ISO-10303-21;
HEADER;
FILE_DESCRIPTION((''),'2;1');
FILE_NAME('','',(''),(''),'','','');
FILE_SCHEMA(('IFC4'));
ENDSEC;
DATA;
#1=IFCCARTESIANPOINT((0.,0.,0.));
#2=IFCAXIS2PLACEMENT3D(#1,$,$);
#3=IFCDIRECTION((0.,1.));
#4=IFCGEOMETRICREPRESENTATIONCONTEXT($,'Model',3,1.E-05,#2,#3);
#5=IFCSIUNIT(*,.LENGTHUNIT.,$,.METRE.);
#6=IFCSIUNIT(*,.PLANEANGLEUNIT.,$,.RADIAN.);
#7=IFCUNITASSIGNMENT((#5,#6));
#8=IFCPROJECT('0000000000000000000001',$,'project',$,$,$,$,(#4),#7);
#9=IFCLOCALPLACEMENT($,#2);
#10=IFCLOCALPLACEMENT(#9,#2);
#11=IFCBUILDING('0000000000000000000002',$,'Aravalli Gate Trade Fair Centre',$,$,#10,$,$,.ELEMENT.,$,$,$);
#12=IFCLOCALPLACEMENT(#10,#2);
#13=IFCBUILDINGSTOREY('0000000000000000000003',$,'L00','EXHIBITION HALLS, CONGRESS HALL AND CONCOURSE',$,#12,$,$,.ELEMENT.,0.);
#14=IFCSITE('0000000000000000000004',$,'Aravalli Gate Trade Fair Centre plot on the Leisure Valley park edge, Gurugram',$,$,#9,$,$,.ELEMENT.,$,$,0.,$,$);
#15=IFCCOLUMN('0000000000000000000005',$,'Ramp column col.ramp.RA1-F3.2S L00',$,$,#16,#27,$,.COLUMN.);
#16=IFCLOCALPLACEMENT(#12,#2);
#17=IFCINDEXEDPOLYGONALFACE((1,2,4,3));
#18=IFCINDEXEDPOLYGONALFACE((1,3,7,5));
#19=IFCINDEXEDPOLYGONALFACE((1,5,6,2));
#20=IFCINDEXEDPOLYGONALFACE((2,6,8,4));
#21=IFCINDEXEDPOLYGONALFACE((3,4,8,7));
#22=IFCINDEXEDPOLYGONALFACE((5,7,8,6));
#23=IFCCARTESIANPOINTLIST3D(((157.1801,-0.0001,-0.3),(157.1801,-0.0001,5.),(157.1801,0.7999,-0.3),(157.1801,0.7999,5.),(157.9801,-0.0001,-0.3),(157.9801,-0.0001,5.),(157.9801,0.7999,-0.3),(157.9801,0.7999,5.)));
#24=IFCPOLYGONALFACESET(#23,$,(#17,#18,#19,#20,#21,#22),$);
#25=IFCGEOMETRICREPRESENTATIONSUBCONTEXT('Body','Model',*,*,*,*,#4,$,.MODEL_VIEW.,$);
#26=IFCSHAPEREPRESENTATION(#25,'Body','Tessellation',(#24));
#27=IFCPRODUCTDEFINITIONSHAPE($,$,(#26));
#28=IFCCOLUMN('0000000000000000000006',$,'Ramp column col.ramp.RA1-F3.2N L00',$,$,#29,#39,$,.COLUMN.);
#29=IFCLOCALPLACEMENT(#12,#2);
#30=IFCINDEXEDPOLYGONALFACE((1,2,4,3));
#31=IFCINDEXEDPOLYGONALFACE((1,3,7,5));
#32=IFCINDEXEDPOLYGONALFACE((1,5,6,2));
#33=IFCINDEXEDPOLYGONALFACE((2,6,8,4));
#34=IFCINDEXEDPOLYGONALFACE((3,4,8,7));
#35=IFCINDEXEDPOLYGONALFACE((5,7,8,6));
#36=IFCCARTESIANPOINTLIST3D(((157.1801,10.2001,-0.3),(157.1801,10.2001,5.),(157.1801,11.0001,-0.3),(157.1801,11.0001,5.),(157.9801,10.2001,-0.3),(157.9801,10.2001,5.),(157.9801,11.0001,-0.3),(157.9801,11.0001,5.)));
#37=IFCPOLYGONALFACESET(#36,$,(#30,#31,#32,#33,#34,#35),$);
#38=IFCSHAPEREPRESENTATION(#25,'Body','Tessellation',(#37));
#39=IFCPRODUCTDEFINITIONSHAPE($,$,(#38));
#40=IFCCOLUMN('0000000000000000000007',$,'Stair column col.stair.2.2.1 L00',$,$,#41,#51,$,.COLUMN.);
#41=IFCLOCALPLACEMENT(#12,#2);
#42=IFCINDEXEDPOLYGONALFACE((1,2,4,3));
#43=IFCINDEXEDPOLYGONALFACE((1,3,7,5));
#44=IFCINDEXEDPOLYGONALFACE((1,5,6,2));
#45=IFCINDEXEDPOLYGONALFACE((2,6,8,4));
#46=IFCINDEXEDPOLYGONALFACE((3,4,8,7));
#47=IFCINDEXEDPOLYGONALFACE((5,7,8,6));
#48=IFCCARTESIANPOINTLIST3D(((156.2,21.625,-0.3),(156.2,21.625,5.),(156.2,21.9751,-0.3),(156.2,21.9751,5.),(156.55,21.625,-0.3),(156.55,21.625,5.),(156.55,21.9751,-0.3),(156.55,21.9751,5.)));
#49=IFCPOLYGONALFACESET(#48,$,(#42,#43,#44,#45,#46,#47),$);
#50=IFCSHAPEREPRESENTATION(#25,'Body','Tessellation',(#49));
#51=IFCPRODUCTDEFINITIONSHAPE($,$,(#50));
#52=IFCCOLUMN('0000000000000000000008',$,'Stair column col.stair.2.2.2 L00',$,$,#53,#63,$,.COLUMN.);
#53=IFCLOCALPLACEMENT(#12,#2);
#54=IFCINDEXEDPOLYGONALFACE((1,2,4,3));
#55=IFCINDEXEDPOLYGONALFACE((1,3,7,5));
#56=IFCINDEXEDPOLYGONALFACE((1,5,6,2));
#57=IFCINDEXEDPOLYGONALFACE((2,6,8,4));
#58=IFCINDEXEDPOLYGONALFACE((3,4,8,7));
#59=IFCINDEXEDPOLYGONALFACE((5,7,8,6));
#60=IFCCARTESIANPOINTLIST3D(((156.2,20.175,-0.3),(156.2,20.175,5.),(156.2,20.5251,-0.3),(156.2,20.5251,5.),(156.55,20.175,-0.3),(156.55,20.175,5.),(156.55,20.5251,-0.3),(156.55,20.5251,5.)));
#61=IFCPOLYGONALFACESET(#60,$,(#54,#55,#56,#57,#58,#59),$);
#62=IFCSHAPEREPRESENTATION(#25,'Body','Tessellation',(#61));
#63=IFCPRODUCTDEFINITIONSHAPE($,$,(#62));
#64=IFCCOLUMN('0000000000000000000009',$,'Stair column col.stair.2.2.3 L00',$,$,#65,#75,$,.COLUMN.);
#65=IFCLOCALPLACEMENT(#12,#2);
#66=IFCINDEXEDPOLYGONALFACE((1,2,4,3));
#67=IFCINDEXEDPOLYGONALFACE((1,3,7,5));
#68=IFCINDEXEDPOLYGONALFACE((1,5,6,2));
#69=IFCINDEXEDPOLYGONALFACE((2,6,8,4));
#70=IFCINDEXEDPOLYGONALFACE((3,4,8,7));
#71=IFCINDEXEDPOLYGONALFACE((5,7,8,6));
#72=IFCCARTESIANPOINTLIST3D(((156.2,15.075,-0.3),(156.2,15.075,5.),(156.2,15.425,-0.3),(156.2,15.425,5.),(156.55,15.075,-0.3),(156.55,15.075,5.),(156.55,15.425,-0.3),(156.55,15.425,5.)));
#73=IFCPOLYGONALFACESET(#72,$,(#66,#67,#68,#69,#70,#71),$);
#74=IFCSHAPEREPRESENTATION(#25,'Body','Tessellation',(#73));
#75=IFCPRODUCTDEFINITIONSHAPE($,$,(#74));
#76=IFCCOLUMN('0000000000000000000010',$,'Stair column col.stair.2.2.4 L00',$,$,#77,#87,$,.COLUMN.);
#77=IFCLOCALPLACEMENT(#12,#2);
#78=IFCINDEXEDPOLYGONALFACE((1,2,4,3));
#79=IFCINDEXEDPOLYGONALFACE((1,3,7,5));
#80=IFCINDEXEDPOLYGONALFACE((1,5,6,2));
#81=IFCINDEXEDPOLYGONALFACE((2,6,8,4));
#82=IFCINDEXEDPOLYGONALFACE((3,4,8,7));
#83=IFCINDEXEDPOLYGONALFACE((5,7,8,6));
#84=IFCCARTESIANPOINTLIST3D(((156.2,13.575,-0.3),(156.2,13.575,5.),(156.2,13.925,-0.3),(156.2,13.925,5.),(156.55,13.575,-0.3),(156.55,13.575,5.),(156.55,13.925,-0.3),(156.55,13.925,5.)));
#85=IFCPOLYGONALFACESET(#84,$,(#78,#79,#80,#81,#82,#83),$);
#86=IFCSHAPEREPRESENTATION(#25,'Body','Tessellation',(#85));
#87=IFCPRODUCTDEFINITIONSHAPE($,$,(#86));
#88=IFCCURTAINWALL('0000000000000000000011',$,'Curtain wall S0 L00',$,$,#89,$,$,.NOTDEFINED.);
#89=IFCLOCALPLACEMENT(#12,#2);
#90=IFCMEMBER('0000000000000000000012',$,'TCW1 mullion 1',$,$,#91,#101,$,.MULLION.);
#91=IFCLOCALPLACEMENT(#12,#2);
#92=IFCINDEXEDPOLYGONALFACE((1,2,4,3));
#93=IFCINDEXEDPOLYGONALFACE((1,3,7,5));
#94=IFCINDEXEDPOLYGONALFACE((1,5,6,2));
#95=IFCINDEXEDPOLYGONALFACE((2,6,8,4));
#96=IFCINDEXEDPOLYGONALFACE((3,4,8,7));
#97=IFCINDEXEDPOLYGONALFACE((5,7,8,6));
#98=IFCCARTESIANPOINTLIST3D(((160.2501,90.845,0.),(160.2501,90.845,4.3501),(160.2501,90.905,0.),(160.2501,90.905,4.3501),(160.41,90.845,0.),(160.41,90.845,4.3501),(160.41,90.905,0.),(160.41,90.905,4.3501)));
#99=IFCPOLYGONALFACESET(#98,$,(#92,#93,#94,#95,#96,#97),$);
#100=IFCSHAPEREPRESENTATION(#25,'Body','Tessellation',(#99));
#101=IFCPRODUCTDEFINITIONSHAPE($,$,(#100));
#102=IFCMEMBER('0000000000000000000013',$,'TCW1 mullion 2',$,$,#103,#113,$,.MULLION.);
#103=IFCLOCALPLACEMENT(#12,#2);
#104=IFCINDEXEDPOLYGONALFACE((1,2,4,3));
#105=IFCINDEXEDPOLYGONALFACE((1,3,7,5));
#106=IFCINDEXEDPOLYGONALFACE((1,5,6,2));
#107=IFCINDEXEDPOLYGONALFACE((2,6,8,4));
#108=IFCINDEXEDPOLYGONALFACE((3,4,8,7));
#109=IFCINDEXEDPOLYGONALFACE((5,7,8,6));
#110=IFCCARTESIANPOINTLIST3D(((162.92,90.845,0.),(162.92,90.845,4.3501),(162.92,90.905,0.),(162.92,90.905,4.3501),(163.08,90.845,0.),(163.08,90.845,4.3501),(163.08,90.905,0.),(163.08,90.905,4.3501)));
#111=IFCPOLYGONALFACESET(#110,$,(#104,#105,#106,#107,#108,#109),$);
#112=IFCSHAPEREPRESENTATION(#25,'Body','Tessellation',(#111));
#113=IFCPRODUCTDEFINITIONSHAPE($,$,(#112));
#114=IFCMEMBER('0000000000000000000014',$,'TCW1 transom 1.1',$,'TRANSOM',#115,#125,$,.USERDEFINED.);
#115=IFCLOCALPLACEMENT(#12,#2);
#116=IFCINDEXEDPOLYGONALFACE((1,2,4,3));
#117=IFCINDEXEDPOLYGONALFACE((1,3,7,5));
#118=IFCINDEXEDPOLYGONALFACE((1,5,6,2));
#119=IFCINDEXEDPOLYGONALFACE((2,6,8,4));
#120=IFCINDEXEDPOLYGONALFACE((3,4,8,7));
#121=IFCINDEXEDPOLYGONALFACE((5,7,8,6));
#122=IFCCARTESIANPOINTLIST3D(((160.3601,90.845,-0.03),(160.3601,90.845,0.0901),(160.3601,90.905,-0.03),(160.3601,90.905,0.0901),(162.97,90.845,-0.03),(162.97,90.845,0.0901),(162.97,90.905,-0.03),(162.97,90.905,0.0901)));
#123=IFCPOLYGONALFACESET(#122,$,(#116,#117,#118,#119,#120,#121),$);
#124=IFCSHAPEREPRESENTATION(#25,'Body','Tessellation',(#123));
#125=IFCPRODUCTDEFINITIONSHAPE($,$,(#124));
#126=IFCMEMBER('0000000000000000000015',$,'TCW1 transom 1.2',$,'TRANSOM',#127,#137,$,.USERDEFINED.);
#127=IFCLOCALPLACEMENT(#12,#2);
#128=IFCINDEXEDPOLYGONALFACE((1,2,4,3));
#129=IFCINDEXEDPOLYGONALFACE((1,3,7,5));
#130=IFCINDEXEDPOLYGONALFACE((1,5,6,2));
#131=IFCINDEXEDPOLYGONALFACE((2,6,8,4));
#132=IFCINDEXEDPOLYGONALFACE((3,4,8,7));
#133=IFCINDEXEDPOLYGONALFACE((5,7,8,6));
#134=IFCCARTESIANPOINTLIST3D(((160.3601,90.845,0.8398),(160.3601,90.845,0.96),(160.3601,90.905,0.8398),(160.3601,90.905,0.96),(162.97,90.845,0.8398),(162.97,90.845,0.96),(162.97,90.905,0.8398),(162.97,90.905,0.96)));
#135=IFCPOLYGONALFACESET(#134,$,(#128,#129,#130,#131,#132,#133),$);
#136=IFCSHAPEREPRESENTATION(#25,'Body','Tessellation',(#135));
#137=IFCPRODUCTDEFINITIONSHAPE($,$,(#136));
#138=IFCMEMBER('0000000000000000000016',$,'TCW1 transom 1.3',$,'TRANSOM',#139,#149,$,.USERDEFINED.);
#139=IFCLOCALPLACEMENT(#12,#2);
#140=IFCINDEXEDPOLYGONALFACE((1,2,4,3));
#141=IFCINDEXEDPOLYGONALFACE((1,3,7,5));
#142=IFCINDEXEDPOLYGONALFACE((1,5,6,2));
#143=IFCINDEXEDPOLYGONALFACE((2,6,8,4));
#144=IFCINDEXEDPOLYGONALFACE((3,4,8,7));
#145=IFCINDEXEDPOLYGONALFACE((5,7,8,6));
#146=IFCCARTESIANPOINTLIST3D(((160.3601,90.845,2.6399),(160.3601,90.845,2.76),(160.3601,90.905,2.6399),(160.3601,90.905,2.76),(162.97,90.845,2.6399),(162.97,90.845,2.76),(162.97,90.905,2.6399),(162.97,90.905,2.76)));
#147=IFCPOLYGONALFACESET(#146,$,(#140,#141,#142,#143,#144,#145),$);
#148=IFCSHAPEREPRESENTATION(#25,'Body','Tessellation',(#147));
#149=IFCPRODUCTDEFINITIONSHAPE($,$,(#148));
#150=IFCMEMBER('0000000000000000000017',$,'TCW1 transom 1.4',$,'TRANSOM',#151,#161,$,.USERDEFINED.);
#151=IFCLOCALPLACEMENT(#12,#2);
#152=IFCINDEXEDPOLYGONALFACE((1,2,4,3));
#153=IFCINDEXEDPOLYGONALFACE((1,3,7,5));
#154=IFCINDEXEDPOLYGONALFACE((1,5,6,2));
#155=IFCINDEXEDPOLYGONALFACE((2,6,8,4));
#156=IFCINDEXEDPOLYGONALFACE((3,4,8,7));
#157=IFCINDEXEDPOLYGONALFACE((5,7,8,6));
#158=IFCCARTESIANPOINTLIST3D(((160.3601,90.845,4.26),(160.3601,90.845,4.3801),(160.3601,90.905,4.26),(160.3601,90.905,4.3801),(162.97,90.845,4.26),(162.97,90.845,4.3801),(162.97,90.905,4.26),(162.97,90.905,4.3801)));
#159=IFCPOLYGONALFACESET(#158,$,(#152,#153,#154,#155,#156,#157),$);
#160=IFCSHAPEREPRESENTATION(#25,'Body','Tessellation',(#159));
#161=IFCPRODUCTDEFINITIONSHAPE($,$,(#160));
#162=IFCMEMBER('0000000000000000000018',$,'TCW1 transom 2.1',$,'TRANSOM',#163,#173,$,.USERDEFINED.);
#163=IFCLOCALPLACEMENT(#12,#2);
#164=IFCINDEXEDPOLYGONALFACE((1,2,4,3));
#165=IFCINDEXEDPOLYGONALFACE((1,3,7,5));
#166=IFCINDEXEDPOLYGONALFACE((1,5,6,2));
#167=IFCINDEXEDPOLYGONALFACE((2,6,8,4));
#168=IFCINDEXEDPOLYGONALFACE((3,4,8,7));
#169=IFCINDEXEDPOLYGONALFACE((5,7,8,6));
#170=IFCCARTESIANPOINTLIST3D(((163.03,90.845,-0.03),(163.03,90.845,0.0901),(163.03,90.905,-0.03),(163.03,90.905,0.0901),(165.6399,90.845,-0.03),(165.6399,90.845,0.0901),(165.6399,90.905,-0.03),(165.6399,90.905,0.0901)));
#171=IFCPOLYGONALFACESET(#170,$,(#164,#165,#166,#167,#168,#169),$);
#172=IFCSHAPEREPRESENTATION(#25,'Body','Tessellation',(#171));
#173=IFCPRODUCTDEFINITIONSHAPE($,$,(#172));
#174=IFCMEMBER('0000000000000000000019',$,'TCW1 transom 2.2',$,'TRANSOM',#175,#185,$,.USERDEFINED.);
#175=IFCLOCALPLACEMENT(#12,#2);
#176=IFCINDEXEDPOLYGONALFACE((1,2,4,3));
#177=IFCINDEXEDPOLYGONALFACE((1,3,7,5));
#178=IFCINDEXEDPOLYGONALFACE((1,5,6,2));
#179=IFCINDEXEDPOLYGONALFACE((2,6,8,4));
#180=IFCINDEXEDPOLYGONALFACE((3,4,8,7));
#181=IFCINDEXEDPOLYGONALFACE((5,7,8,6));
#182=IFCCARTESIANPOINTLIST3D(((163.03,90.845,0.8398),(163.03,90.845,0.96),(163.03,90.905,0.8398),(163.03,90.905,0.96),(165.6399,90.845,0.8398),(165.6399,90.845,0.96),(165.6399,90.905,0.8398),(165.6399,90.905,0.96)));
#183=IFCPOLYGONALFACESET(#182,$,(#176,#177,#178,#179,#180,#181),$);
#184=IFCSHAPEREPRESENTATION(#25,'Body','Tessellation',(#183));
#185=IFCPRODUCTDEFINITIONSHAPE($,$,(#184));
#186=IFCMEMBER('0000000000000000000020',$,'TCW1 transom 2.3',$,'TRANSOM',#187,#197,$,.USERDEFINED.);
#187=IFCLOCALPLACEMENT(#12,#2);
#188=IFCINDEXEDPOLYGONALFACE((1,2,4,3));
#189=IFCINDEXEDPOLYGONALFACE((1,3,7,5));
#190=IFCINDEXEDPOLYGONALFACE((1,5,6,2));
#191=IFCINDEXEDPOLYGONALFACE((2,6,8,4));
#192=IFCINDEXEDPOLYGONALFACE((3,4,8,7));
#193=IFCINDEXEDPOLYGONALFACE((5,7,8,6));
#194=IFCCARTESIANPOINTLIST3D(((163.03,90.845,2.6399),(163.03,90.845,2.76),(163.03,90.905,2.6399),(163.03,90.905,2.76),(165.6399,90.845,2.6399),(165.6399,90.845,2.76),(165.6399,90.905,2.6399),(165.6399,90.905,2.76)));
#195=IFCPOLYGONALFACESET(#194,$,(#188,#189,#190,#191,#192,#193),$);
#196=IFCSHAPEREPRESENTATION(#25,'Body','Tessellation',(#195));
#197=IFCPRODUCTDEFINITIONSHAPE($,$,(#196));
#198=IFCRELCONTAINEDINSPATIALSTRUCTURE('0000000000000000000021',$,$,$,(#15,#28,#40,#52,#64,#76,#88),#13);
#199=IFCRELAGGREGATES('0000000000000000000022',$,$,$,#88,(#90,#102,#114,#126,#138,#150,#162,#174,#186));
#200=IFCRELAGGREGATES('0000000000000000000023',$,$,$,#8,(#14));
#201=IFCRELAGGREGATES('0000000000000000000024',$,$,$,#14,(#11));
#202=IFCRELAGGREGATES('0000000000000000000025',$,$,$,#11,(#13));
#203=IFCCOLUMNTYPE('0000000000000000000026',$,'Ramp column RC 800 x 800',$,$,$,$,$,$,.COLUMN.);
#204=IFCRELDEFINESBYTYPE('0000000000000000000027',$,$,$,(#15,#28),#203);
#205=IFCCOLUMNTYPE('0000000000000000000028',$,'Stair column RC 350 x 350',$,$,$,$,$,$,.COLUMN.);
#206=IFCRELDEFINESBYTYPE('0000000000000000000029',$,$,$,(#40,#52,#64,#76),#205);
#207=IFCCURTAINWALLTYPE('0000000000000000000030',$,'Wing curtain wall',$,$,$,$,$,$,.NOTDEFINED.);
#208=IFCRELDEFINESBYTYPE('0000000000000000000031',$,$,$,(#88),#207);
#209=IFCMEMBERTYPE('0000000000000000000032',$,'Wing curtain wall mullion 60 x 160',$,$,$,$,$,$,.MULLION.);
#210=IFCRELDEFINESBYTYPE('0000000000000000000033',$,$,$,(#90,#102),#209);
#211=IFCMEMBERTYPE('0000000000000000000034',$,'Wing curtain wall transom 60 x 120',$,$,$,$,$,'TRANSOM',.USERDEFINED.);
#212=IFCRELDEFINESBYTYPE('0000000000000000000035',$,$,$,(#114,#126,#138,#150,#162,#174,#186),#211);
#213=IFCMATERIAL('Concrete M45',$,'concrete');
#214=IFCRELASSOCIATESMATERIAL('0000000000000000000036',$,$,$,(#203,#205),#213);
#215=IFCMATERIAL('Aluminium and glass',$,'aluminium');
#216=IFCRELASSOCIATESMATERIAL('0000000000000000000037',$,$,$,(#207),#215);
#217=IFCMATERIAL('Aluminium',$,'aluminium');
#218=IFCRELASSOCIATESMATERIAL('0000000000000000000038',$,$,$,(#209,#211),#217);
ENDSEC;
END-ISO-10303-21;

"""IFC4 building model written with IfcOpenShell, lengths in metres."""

from ifc_helpers import new_model, si_unit, direction, frame, origin, origin_2d, place, context, subcontext, project, spatial, rectangle, extrude, material, material_profile, profile_set, type_object, element, aggregate, save


model = new_model("IFC4")

# Units and contexts
model_context = context("Model", 3, precision=1e-05, world=origin(), true_north=direction((0.0, 1.0)))
body_context = subcontext(model_context, "Body", "Model", "MODEL_VIEW")
ifc_project = project(units=[si_unit("LENGTHUNIT", "METRE"), si_unit("PLANEANGLEUNIT", "RADIAN")], contexts=[model_context])

# Site, building, storey
site_placement = place(None, origin())
site = spatial("IfcSite", under=ifc_project, at=site_placement, Name="Aravalli Gate Trade Fair Centre plot on the Leisure Valley park edge, Gurugram", CompositionType="ELEMENT", RefElevation=0.0)
building_placement = place(site_placement, origin())
building = spatial("IfcBuilding", under=site, at=building_placement, Name="Aravalli Gate Trade Fair Centre", CompositionType="ELEMENT")
storey_placement = place(building_placement, origin())
storey = spatial("IfcBuildingStorey", under=building, at=storey_placement, Name="L00", Description="EXHIBITION HALLS, CONGRESS HALL AND CONCOURSE", CompositionType="ELEMENT", Elevation=0.0)

# Columns
ifc_material_1 = material(Name="Concrete M45", Category="concrete")
ifc_material_profile_1 = material_profile(ifc_material_1, rectangle(XDim=0.8, YDim=0.8, at=origin_2d()), Name="Ramp column RC 800 x 800")
ifc_profile_set_1 = profile_set([ifc_material_profile_1], Name="Concrete M45")
column_type_1 = type_object("IfcColumnType", Name="Ramp column RC 800 x 800", PredefinedType="COLUMN", material=ifc_profile_set_1)
for number, where, z_axis, x_axis, name in (
    (1, (157.5801, 0.3999, -0.3), (0.0, 0.0, 1.0), (1.0, 0.0, 0.0), "Ramp column col.ramp.RA1-F3.2S L00"),
    (2, (157.5801, 10.6001, -0.3), (0.0, 0.0, 1.0), (1.0, 0.0, 0.0), "Ramp column col.ramp.RA1-F3.2N L00"),
):
    element("IfcColumn", number, at=place(storey_placement, frame(where, z_axis=z_axis, x_axis=x_axis)), inside=storey, type_object=column_type_1, Name=name, PredefinedType="COLUMN", context=body_context, shape_type="SweptSolid", body=[
        extrude(rectangle(XDim=0.8, YDim=0.8, at=origin_2d()), origin(), (0.0, 0.0, 1.0), 5.3),
    ])
ifc_material_profile_2 = material_profile(ifc_material_1, rectangle(XDim=0.3501, YDim=0.3501, at=origin_2d()), Name="Stair column RC 350 x 350")
ifc_profile_set_2 = profile_set([ifc_material_profile_2], Name="Concrete M45")
column_type_2 = type_object("IfcColumnType", Name="Stair column RC 350 x 350", PredefinedType="COLUMN", material=ifc_profile_set_2)
for number, where, z_axis, x_axis, name in (
    (3, (156.375, 21.8, -0.3), (0.0, 0.0, 1.0), (1.0, 0.0, 0.0), "Stair column col.stair.2.2.1 L00"),
    (4, (156.375, 20.3501, -0.3), (0.0, 0.0, 1.0), (1.0, 0.0, 0.0), "Stair column col.stair.2.2.2 L00"),
    (5, (156.375, 15.25, -0.3), (0.0, 0.0, 1.0), (1.0, 0.0, 0.0), "Stair column col.stair.2.2.3 L00"),
    (6, (156.375, 13.75, -0.3), (0.0, 0.0, 1.0), (1.0, 0.0, 0.0), "Stair column col.stair.2.2.4 L00"),
):
    element("IfcColumn", number, at=place(storey_placement, frame(where, z_axis=z_axis, x_axis=x_axis)), inside=storey, type_object=column_type_2, Name=name, PredefinedType="COLUMN", context=body_context, shape_type="SweptSolid", body=[
        extrude(rectangle(XDim=0.3501, YDim=0.3501, at=origin_2d()), origin(), (0.0, 0.0, 1.0), 5.3),
    ])

# Curtain wall, members
ifc_material_2 = material(Name="Aluminium and glass", Category="aluminium")
curtain_wall_type = type_object("IfcCurtainWallType", Name="Wing curtain wall", PredefinedType="NOTDEFINED", material=ifc_material_2)
curtain_wall_placement = place(storey_placement, origin())
curtain_wall = element("IfcCurtainWall", 7, at=curtain_wall_placement, inside=storey, type_object=curtain_wall_type, Name="Curtain wall S0 L00", PredefinedType="NOTDEFINED")
ifc_material_3 = material(Name="Aluminium", Category="aluminium")
ifc_material_profile_3 = material_profile(ifc_material_3, rectangle(XDim=0.0601, YDim=0.1599, at=origin_2d()), Name="Wing curtain wall mullion 60 x 160")
ifc_profile_set_3 = profile_set([ifc_material_profile_3], Name="Aluminium")
member_type_1 = type_object("IfcMemberType", Name="Wing curtain wall mullion 60 x 160", PredefinedType="MULLION", material=ifc_profile_set_3)
member_1_placement = place(storey_placement, frame((160.3301, 90.875, 0.0), z_axis=(0.0, 0.0, 1.0), x_axis=(0.0, 1.0, 0.0)))
member_1 = element("IfcMember", 8, at=member_1_placement, type_object=member_type_1, Name="TCW1 mullion 1", PredefinedType="MULLION", context=body_context, shape_type="SweptSolid", body=[
    extrude(rectangle(XDim=0.0601, YDim=0.1599, at=origin_2d()), origin(), (0.0, 0.0, 1.0), 4.3501),
])
member_2_placement = place(storey_placement, frame((163.0, 90.875, 0.0), z_axis=(0.0, 0.0, 1.0), x_axis=(0.0, 1.0, 0.0)))
member_2 = element("IfcMember", 9, at=member_2_placement, type_object=member_type_1, Name="TCW1 mullion 2", PredefinedType="MULLION", context=body_context, shape_type="SweptSolid", body=[
    extrude(rectangle(XDim=0.0601, YDim=0.1599, at=origin_2d()), origin(), (0.0, 0.0, 1.0), 4.3501),
])
ifc_material_profile_4 = material_profile(ifc_material_3, rectangle(XDim=0.0601, YDim=0.1201, at=origin_2d()), Name="Wing curtain wall transom 60 x 120")
ifc_profile_set_4 = profile_set([ifc_material_profile_4], Name="Aluminium")
member_type_2 = type_object("IfcMemberType", Name="Wing curtain wall transom 60 x 120", ElementType="TRANSOM", PredefinedType="USERDEFINED", material=ifc_profile_set_4)
member_3_placement = place(storey_placement, frame((160.3601, 90.875, 0.03), z_axis=(1.0, 0.0, 0.0), x_axis=(0.0, 1.0, 0.0)))
member_3 = element("IfcMember", 10, at=member_3_placement, type_object=member_type_2, Name="TCW1 transom 1.1", ObjectType="TRANSOM", PredefinedType="USERDEFINED", context=body_context, shape_type="SweptSolid", body=[
    extrude(rectangle(XDim=0.0601, YDim=0.1201, at=origin_2d()), origin(), (0.0, 0.0, 1.0), 2.6099),
])
member_4_placement = place(storey_placement, frame((160.3601, 90.875, 0.8999), z_axis=(1.0, 0.0, 0.0), x_axis=(0.0, 1.0, 0.0)))
member_4 = element("IfcMember", 11, at=member_4_placement, type_object=member_type_2, Name="TCW1 transom 1.2", ObjectType="TRANSOM", PredefinedType="USERDEFINED", context=body_context, shape_type="SweptSolid", body=[
    extrude(rectangle(XDim=0.0601, YDim=0.1201, at=origin_2d()), origin(), (0.0, 0.0, 1.0), 2.6099),
])
member_5_placement = place(storey_placement, frame((160.3601, 90.875, 2.7), z_axis=(1.0, 0.0, 0.0), x_axis=(0.0, 1.0, 0.0)))
member_5 = element("IfcMember", 12, at=member_5_placement, type_object=member_type_2, Name="TCW1 transom 1.3", ObjectType="TRANSOM", PredefinedType="USERDEFINED", context=body_context, shape_type="SweptSolid", body=[
    extrude(rectangle(XDim=0.0601, YDim=0.1201, at=origin_2d()), origin(), (0.0, 0.0, 1.0), 2.6099),
])
member_6_placement = place(storey_placement, frame((160.3601, 90.875, 4.3201), z_axis=(1.0, 0.0, 0.0), x_axis=(0.0, 1.0, 0.0)))
member_6 = element("IfcMember", 13, at=member_6_placement, type_object=member_type_2, Name="TCW1 transom 1.4", ObjectType="TRANSOM", PredefinedType="USERDEFINED", context=body_context, shape_type="SweptSolid", body=[
    extrude(rectangle(XDim=0.0601, YDim=0.1201, at=origin_2d()), origin(), (0.0, 0.0, 1.0), 2.6099),
])
member_7_placement = place(storey_placement, frame((163.03, 90.875, 0.03), z_axis=(1.0, 0.0, 0.0), x_axis=(0.0, 1.0, 0.0)))
member_7 = element("IfcMember", 14, at=member_7_placement, type_object=member_type_2, Name="TCW1 transom 2.1", ObjectType="TRANSOM", PredefinedType="USERDEFINED", context=body_context, shape_type="SweptSolid", body=[
    extrude(rectangle(XDim=0.0601, YDim=0.1201, at=origin_2d()), origin(), (0.0, 0.0, 1.0), 2.6099),
])
member_8_placement = place(storey_placement, frame((163.03, 90.875, 0.8999), z_axis=(1.0, 0.0, 0.0), x_axis=(0.0, 1.0, 0.0)))
member_8 = element("IfcMember", 15, at=member_8_placement, type_object=member_type_2, Name="TCW1 transom 2.2", ObjectType="TRANSOM", PredefinedType="USERDEFINED", context=body_context, shape_type="SweptSolid", body=[
    extrude(rectangle(XDim=0.0601, YDim=0.1201, at=origin_2d()), origin(), (0.0, 0.0, 1.0), 2.6099),
])
member_9_placement = place(storey_placement, frame((163.03, 90.875, 2.7), z_axis=(1.0, 0.0, 0.0), x_axis=(0.0, 1.0, 0.0)))
member_9 = element("IfcMember", 16, at=member_9_placement, type_object=member_type_2, Name="TCW1 transom 2.3", ObjectType="TRANSOM", PredefinedType="USERDEFINED", context=body_context, shape_type="SweptSolid", body=[
    extrude(rectangle(XDim=0.0601, YDim=0.1201, at=origin_2d()), origin(), (0.0, 0.0, 1.0), 2.6099),
])
aggregate(curtain_wall, [member_1, member_2, member_3, member_4, member_5, member_6, member_7, member_8, member_9])

save(model, "model.ifc")
